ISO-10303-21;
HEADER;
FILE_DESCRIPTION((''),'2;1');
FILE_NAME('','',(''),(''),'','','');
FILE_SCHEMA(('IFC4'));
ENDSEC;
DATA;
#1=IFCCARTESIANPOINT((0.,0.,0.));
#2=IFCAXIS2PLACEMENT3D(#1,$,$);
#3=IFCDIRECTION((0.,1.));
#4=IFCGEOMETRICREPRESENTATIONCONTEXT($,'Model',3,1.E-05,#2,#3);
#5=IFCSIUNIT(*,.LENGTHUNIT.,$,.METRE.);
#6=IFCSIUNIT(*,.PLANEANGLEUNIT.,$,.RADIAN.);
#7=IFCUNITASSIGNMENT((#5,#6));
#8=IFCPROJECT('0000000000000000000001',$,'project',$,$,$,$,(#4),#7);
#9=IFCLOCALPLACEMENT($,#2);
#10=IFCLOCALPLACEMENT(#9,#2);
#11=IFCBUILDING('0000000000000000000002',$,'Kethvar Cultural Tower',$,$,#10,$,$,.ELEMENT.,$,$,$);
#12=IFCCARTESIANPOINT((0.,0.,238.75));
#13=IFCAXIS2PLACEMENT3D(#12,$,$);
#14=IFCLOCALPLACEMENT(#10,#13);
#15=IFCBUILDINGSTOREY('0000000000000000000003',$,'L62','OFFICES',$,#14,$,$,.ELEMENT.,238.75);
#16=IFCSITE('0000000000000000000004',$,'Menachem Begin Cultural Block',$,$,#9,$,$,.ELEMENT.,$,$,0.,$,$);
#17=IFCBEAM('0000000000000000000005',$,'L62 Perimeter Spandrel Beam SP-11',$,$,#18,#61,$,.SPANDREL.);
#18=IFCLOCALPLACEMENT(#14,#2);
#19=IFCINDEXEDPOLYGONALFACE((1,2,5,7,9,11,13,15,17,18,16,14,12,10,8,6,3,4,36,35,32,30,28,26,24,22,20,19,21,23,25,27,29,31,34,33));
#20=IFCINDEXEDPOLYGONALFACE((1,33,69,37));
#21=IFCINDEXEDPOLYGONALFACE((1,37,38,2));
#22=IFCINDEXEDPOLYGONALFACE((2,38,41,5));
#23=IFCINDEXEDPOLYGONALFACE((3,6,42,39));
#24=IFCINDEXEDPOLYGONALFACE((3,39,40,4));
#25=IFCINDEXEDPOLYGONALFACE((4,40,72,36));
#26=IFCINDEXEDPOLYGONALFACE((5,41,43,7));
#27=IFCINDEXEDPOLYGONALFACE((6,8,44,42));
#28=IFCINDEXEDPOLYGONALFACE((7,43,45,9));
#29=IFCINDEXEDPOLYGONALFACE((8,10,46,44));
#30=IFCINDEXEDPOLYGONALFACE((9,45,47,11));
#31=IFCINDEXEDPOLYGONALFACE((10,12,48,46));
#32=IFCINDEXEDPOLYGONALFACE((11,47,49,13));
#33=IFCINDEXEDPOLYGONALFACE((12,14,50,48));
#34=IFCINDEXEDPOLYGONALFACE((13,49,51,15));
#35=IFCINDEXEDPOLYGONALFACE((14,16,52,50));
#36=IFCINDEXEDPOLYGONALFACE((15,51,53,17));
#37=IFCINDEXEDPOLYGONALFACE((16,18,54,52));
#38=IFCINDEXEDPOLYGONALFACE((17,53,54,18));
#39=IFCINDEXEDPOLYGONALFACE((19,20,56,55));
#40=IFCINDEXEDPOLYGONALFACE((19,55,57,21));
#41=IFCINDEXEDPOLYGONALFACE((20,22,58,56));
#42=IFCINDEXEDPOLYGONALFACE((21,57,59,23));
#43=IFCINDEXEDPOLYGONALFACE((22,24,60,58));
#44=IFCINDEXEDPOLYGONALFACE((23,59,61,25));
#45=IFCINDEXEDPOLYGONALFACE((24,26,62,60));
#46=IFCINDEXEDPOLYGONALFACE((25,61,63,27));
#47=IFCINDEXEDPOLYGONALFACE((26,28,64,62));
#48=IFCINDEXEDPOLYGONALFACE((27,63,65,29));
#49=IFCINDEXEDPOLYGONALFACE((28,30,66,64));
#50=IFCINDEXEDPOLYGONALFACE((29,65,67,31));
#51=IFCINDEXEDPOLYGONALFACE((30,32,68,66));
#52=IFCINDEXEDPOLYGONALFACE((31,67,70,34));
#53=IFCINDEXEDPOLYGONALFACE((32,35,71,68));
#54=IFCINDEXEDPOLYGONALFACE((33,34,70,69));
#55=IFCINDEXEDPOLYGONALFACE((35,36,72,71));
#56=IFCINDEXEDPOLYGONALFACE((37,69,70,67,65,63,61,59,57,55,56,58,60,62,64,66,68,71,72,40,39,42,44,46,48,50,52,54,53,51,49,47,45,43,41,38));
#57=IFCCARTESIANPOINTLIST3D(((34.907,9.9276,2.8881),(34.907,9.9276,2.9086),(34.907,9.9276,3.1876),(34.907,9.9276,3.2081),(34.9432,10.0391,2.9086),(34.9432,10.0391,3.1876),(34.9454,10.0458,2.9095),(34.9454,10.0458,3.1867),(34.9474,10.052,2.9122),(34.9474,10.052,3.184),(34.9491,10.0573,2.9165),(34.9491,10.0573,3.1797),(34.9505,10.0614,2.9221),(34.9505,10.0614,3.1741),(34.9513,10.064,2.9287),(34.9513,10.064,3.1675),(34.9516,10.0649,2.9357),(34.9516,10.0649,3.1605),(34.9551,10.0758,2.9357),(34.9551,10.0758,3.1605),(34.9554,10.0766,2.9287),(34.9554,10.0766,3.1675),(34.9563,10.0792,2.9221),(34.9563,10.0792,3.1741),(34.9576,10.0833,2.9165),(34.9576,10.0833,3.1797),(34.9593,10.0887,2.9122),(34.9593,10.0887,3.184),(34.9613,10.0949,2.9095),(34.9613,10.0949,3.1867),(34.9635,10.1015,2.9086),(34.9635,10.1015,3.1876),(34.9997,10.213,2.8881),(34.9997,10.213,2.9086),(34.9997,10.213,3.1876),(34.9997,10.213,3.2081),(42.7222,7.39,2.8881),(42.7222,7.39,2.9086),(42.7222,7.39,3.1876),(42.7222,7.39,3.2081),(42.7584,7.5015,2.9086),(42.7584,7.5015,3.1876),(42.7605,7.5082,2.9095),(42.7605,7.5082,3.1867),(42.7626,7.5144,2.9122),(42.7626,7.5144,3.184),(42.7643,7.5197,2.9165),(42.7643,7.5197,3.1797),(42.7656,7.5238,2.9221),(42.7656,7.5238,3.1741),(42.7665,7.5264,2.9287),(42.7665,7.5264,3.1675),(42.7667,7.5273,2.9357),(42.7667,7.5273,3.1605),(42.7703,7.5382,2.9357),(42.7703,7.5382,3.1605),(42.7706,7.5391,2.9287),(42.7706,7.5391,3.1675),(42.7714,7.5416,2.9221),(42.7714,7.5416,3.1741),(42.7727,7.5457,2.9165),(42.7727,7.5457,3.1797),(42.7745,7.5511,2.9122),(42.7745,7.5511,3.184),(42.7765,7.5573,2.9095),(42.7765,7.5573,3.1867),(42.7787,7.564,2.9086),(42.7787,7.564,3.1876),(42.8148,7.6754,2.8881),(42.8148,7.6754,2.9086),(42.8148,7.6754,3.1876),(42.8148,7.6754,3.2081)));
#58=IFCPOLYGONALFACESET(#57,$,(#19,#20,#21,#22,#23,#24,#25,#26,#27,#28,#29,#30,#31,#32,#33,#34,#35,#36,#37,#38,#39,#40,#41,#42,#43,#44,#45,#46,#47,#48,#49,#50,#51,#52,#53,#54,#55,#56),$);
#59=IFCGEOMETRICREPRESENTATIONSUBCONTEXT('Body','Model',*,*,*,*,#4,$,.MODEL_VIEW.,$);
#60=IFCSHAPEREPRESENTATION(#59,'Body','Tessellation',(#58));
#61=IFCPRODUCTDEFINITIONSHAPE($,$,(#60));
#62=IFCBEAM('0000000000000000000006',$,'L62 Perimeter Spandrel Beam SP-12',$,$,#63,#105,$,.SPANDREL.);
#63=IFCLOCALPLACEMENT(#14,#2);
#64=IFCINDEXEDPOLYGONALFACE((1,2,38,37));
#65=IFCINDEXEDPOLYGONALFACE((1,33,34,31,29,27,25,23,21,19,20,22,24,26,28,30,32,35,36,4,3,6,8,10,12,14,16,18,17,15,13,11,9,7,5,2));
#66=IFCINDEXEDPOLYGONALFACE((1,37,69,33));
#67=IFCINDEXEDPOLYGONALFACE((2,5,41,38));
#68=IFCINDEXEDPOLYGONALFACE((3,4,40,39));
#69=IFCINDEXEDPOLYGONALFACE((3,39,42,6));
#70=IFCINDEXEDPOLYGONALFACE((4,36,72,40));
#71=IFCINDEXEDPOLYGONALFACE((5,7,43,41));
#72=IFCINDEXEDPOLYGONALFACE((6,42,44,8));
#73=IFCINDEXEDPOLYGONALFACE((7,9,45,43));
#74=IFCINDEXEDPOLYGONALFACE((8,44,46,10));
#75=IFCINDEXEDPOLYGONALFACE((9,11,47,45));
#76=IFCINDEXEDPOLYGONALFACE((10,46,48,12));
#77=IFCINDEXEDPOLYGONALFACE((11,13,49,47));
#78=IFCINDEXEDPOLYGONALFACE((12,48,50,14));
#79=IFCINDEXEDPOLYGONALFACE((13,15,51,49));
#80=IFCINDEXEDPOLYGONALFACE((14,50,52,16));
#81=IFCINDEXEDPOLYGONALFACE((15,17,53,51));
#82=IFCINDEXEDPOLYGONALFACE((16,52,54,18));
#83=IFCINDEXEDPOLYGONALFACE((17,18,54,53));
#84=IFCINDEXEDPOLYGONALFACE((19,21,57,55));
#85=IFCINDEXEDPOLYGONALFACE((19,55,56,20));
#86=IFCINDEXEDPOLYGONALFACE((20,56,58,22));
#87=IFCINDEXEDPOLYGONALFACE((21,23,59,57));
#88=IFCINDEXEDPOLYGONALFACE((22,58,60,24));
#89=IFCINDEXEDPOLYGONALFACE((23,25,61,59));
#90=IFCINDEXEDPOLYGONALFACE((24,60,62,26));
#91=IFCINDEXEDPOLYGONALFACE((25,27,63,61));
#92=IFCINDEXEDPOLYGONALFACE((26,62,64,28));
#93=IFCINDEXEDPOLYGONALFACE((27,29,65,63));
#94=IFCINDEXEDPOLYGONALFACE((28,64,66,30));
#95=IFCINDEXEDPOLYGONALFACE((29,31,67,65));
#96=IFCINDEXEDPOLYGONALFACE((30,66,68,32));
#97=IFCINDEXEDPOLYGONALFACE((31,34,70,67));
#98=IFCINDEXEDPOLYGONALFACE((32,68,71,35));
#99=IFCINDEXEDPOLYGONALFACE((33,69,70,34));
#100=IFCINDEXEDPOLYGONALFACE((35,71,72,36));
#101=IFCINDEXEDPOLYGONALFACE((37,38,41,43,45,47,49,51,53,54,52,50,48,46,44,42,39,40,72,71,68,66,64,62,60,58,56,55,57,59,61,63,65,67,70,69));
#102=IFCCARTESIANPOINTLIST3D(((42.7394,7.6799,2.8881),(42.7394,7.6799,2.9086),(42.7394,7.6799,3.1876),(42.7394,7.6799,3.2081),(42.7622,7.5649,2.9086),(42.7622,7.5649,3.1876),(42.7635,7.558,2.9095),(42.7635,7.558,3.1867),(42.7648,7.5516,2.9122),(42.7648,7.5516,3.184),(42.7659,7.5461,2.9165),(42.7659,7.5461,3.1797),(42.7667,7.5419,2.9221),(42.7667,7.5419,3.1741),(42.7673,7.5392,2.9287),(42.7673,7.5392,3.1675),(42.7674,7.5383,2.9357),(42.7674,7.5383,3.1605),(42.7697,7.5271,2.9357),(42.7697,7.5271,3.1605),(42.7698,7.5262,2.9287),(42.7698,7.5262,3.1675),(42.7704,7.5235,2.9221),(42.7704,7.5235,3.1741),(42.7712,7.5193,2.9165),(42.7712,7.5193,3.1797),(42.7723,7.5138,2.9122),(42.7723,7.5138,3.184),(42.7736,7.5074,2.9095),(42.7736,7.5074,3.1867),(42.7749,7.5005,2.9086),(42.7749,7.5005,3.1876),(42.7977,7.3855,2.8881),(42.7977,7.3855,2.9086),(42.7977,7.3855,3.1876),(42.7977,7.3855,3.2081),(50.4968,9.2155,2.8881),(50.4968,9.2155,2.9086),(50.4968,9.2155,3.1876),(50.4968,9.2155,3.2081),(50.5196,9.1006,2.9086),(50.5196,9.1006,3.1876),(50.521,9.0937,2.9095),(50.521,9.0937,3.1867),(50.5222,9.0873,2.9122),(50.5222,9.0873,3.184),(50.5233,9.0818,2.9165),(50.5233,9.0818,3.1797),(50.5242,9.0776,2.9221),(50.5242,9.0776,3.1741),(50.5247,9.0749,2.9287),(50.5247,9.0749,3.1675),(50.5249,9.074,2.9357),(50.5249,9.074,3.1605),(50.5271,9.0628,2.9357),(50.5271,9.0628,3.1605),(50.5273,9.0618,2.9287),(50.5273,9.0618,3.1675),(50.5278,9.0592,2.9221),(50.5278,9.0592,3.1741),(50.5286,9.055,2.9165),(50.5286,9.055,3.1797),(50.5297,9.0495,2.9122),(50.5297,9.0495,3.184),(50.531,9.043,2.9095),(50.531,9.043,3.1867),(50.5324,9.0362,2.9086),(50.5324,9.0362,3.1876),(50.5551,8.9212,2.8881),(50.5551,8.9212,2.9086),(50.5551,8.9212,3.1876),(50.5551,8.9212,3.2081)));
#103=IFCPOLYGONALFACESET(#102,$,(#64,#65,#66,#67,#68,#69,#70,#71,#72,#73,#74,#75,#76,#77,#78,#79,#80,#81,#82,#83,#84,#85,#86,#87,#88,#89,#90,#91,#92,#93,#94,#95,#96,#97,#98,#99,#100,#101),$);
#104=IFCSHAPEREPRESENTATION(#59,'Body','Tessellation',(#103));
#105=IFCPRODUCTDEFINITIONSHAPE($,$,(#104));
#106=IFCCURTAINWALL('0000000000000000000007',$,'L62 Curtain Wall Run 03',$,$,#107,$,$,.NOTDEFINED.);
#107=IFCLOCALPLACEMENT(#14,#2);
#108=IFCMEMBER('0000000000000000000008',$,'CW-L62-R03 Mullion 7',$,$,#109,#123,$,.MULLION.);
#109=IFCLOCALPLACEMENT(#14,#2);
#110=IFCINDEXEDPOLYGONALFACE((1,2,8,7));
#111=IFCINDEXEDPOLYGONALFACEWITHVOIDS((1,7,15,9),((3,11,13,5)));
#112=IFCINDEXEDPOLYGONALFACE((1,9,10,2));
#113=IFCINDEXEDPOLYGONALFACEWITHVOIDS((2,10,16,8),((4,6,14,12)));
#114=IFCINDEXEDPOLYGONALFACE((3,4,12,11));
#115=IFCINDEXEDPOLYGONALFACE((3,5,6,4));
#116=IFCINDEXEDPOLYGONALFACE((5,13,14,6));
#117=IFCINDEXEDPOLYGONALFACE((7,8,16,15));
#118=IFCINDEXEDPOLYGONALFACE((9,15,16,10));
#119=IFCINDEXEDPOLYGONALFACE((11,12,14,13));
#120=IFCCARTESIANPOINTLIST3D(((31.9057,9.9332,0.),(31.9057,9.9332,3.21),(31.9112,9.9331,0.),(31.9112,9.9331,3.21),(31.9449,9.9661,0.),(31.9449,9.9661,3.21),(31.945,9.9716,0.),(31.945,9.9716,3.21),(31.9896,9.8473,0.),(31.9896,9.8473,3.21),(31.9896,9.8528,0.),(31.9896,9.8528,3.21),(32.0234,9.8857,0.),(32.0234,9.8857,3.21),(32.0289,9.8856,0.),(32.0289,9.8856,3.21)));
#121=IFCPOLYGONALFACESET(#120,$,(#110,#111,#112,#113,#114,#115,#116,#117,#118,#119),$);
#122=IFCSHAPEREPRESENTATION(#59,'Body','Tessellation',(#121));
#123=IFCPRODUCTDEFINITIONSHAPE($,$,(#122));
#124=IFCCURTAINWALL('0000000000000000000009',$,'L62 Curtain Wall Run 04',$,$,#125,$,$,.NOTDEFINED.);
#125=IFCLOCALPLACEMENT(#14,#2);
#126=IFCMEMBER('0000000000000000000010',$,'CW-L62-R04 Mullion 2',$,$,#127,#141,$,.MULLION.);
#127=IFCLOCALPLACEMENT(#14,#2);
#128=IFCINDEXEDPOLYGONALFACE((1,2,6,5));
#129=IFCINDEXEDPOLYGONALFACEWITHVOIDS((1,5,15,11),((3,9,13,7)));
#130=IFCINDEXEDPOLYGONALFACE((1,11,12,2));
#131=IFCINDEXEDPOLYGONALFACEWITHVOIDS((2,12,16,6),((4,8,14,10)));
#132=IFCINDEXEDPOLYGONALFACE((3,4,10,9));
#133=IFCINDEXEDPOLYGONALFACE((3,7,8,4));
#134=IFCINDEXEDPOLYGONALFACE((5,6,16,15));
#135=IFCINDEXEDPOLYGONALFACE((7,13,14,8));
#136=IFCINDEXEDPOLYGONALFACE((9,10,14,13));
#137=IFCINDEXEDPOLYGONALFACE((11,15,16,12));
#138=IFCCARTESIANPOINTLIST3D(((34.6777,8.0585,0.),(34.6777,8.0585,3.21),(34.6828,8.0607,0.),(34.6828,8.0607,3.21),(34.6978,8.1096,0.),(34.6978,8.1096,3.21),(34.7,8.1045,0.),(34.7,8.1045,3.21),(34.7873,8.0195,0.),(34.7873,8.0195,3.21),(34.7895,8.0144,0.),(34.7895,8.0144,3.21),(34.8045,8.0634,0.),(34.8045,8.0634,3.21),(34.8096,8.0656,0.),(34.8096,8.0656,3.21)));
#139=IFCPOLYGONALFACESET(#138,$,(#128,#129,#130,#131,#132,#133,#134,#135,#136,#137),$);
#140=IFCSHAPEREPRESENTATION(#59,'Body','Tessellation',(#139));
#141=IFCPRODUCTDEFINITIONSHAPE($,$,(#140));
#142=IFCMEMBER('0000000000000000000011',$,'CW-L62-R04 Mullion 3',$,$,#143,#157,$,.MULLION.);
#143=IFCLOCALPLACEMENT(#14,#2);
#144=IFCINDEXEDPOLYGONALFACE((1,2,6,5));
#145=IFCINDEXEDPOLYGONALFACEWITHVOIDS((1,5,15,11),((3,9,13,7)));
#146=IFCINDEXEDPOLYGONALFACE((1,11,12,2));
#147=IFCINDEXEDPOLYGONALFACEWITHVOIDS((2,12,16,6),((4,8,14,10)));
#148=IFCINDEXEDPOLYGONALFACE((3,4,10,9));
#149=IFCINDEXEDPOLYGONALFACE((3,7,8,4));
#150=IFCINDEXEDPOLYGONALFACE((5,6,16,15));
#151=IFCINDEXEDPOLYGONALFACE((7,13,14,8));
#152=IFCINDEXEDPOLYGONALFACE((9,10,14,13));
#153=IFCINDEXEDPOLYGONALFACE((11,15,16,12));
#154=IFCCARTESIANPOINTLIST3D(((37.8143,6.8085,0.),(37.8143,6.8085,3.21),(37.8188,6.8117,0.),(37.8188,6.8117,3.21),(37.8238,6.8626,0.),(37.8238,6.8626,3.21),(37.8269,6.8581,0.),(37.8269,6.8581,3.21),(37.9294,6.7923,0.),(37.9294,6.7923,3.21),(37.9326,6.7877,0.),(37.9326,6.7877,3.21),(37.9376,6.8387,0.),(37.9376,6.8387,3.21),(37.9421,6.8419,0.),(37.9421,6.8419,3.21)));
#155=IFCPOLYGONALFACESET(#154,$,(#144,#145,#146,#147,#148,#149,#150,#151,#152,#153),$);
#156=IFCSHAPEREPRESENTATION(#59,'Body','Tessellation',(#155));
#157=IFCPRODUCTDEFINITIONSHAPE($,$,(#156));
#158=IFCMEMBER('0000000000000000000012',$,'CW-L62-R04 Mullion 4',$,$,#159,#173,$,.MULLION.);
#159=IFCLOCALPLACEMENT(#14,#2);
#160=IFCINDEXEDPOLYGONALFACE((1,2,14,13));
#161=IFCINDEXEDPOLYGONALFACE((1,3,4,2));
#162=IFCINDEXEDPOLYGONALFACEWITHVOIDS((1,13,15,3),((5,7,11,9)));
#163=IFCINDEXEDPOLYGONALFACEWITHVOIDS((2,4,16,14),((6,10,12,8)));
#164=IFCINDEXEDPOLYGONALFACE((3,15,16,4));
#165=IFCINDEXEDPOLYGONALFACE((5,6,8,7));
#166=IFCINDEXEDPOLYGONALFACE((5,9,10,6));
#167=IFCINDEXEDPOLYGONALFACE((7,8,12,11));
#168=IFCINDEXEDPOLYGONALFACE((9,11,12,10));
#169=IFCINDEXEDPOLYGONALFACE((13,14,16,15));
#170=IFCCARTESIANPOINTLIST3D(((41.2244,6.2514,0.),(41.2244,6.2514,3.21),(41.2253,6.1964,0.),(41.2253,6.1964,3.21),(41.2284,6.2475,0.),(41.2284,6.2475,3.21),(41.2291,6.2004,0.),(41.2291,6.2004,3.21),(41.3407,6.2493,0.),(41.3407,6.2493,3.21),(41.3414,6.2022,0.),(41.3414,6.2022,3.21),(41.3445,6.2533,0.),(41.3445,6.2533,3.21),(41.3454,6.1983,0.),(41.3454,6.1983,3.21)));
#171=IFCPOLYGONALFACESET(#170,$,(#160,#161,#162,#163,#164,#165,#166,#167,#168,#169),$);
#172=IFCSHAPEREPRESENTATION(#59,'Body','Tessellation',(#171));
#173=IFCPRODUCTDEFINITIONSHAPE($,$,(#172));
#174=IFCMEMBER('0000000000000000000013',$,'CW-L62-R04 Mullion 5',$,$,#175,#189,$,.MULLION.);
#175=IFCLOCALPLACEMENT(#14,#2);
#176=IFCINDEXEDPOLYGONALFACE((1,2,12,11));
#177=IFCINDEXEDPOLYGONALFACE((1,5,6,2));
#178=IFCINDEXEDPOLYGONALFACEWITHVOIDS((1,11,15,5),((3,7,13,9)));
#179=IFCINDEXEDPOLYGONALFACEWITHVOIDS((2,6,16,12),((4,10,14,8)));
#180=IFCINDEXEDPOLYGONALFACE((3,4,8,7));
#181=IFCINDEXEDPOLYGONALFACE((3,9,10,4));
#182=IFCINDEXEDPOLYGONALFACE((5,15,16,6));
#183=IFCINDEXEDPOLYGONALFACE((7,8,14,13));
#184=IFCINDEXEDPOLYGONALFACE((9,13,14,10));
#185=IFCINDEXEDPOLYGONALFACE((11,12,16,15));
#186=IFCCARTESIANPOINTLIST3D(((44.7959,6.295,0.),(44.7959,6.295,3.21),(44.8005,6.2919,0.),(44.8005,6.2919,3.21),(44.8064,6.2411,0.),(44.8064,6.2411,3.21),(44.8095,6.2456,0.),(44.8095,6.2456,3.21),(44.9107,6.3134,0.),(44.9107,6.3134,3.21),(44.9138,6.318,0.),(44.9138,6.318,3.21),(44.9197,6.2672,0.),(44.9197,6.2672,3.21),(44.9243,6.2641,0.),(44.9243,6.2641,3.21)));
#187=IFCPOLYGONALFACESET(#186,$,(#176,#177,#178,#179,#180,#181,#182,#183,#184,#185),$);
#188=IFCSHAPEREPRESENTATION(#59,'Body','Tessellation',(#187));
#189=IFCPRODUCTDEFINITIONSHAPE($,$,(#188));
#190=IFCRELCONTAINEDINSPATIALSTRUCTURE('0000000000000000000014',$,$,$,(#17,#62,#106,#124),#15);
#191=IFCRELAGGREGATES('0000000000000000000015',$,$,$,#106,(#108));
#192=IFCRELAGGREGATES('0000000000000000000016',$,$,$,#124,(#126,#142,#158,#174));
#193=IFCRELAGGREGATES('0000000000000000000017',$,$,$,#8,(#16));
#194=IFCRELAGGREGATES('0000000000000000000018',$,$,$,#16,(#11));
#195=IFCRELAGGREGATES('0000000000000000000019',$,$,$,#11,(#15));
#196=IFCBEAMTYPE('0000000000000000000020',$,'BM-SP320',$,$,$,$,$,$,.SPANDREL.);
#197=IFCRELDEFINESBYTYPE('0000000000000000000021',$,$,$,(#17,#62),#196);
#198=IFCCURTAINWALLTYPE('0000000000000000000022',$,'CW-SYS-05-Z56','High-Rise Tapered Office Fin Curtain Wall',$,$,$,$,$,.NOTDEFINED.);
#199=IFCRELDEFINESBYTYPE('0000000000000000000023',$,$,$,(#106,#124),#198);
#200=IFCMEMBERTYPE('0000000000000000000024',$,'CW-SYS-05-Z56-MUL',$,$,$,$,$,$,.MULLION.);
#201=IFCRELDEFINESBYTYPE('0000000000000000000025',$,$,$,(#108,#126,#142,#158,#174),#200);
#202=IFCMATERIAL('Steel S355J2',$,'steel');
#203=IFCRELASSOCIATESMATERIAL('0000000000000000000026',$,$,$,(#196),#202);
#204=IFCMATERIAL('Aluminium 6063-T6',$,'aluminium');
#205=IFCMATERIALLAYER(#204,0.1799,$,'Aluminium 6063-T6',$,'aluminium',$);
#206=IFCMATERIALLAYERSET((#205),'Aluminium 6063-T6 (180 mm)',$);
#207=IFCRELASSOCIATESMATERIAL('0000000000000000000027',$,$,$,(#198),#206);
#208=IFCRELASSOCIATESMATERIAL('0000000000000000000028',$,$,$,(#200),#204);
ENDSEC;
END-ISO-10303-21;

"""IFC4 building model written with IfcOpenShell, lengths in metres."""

from ifc_helpers import new_model, si_unit, direction, frame, origin, origin_2d, place, context, subcontext, project, spatial, hollow_rectangle, i_section, extrude, source, transform, mapped, material, layer, layer_set, material_profile, profile_set, type_object, element, aggregate, save


model = new_model("IFC4")

# Units and contexts
model_context = context("Model", 3, precision=1e-05, world=origin(), true_north=direction((0.0, 1.0)))
body_context = subcontext(model_context, "Body", "Model", "MODEL_VIEW")
ifc_project = project(units=[si_unit("LENGTHUNIT", "METRE"), si_unit("PLANEANGLEUNIT", "RADIAN")], contexts=[model_context])

# Site, building, storey
site_placement = place(None, origin())
site = spatial("IfcSite", under=ifc_project, at=site_placement, Name="Menachem Begin Cultural Block", CompositionType="ELEMENT", RefElevation=0.0)
building_placement = place(site_placement, origin())
building = spatial("IfcBuilding", under=site, at=building_placement, Name="Kethvar Cultural Tower", CompositionType="ELEMENT")
storey_placement = place(building_placement, frame((0.0, 0.0, 238.75)))
storey = spatial("IfcBuildingStorey", under=building, at=storey_placement, Name="L62", Description="OFFICES", CompositionType="ELEMENT", Elevation=238.75)

# Beams
ifc_material_1 = material(Name="Steel S355J2", Category="steel")
ifc_material_profile_1 = material_profile(ifc_material_1, i_section(OverallWidth=0.3, OverallDepth=0.3201, WebThickness=0.0115, FlangeThickness=0.0205, FilletRadius=0.0271, at=origin_2d()), Name="Steel S355J2 — HEB320")
ifc_profile_set_1 = profile_set([ifc_material_profile_1], Name="Steel S355J2 — HEB320")
beam_type = type_object("IfcBeamType", Name="BM-SP320", PredefinedType="SPANDREL", material=ifc_profile_set_1)
shared_shape_1 = source(origin(), body_context, "Body", "SweptSolid", [
    extrude(i_section(OverallWidth=0.3, OverallDepth=0.3201, WebThickness=0.0115, FlangeThickness=0.0205, FilletRadius=0.0271, at=origin_2d()), origin(), (0.0, 0.0, 1.0), 8.2168),
])
beam_1_placement = place(storey_placement, frame((34.9534, 10.0703, 3.0481), z_axis=(0.951118, -0.308829, 0.0), x_axis=(0.308829, 0.951118, 0.0)))
element("IfcBeam", 1, at=beam_1_placement, inside=storey, type_object=beam_type, Name="L62 Perimeter Spandrel Beam SP-11", PredefinedType="SPANDREL", context=body_context, shape_type="MappedRepresentation", body=[
    mapped(shared_shape_1, transform((0.0, 0.0, 0.0), scale=1.0)),
])
shared_shape_2 = source(origin(), body_context, "Body", "SweptSolid", [
    extrude(i_section(OverallWidth=0.3, OverallDepth=0.3201, WebThickness=0.0115, FlangeThickness=0.0205, FilletRadius=0.0271, at=origin_2d()), origin(), (0.0, 0.0, 1.0), 7.908),
])
beam_2_placement = place(storey_placement, frame((42.7686, 7.5327, 3.0481), z_axis=(0.980964, 0.194192, 0.0), x_axis=(-0.194192, 0.980964, 0.0)))
element("IfcBeam", 2, at=beam_2_placement, inside=storey, type_object=beam_type, Name="L62 Perimeter Spandrel Beam SP-12", PredefinedType="SPANDREL", context=body_context, shape_type="MappedRepresentation", body=[
    mapped(shared_shape_2, transform((0.0, 0.0, 0.0), scale=1.0)),
])

# Curtain wall, member
ifc_material_2 = material(Name="Aluminium 6063-T6", Category="aluminium")
ifc_layer_1 = layer(ifc_material_2, 0.1799, Name="Aluminium 6063-T6", Category="aluminium")
ifc_layer_set_1 = layer_set([ifc_layer_1], Name="Aluminium 6063-T6 (180 mm)")
curtain_wall_type = type_object("IfcCurtainWallType", Name="CW-SYS-05-Z56", Description="High-Rise Tapered Office Fin Curtain Wall", PredefinedType="NOTDEFINED", material=ifc_layer_set_1)
curtain_wall_1_placement = place(storey_placement, origin())
curtain_wall_1 = element("IfcCurtainWall", 3, at=curtain_wall_1_placement, inside=storey, type_object=curtain_wall_type, Name="L62 Curtain Wall Run 03", PredefinedType="NOTDEFINED")
ifc_material_profile_2 = material_profile(ifc_material_2, hollow_rectangle(XDim=0.0549, YDim=0.1201, WallThickness=0.0039, at=origin_2d()), Name="Aluminium 6063-T6 — RHS120x55x4")
ifc_profile_set_2 = profile_set([ifc_material_profile_2], Name="Aluminium 6063-T6 — RHS120x55x4")
member_type_1 = type_object("IfcMemberType", Name="CW-SYS-05-Z56-MUL", PredefinedType="MULLION", material=ifc_profile_set_2)
shared_shape_3 = source(origin(), body_context, "Body", "SweptSolid", [
    extrude(hollow_rectangle(XDim=0.0549, YDim=0.1201, WallThickness=0.0039, at=origin_2d()), origin(), (0.0, 0.0, 1.0), 3.21),
])
member_1_placement = place(storey_placement, frame((31.9673, 9.9094, 0.0), z_axis=(0.0, 0.0, 1.0), x_axis=(0.715595, 0.698515, 0.0)))
member_1 = element("IfcMember", 4, at=member_1_placement, type_object=member_type_1, Name="CW-L62-R03 Mullion 7", PredefinedType="MULLION", context=body_context, shape_type="MappedRepresentation", body=[
    mapped(shared_shape_3, transform((0.0, 0.0, 0.0), scale=1.0)),
])
aggregate(curtain_wall_1, [member_1])

# Curtain wall, members
curtain_wall_2_placement = place(storey_placement, origin())
curtain_wall_2 = element("IfcCurtainWall", 5, at=curtain_wall_2_placement, inside=storey, type_object=curtain_wall_type, Name="L62 Curtain Wall Run 04", PredefinedType="NOTDEFINED")
member_2_placement = place(storey_placement, frame((34.7437, 8.062, 0.0), z_axis=(0.0, 0.0, 1.0), x_axis=(0.366501, 0.930418, 0.0)))
member_2 = element("IfcMember", 6, at=member_2_placement, type_object=member_type_1, Name="CW-L62-R04 Mullion 2", PredefinedType="MULLION", context=body_context, shape_type="MappedRepresentation", body=[
    mapped(shared_shape_3, transform((0.0, 0.0, 0.0), scale=1.0)),
])
member_3_placement = place(storey_placement, frame((37.8782, 6.8252, 0.0), z_axis=(0.0, 0.0, 1.0), x_axis=(0.173081, 0.984908, 0.0)))
member_3 = element("IfcMember", 7, at=member_3_placement, type_object=member_type_1, Name="CW-L62-R04 Mullion 3", PredefinedType="MULLION", context=body_context, shape_type="MappedRepresentation", body=[
    mapped(shared_shape_3, transform((0.0, 0.0, 0.0), scale=1.0)),
])
member_4_placement = place(storey_placement, frame((41.2849, 6.2249, 0.0), z_axis=(0.0, 0.0, 1.0), x_axis=(-0.01576, 0.999876, 0.0)))
member_4 = element("IfcMember", 8, at=member_4_placement, type_object=member_type_1, Name="CW-L62-R04 Mullion 4", PredefinedType="MULLION", context=body_context, shape_type="MappedRepresentation", body=[
    mapped(shared_shape_3, transform((0.0, 0.0, 0.0), scale=1.0)),
])
member_5_placement = place(storey_placement, frame((44.8601, 6.2795, 0.0), z_axis=(0.0, 0.0, 1.0), x_axis=(-0.191785, 0.981437, 0.0)))
member_5 = element("IfcMember", 9, at=member_5_placement, type_object=member_type_1, Name="CW-L62-R04 Mullion 5", PredefinedType="MULLION", context=body_context, shape_type="MappedRepresentation", body=[
    mapped(shared_shape_3, transform((0.0, 0.0, 0.0), scale=1.0)),
])
aggregate(curtain_wall_2, [member_2, member_3, member_4, member_5])

save(model, "model.ifc")
